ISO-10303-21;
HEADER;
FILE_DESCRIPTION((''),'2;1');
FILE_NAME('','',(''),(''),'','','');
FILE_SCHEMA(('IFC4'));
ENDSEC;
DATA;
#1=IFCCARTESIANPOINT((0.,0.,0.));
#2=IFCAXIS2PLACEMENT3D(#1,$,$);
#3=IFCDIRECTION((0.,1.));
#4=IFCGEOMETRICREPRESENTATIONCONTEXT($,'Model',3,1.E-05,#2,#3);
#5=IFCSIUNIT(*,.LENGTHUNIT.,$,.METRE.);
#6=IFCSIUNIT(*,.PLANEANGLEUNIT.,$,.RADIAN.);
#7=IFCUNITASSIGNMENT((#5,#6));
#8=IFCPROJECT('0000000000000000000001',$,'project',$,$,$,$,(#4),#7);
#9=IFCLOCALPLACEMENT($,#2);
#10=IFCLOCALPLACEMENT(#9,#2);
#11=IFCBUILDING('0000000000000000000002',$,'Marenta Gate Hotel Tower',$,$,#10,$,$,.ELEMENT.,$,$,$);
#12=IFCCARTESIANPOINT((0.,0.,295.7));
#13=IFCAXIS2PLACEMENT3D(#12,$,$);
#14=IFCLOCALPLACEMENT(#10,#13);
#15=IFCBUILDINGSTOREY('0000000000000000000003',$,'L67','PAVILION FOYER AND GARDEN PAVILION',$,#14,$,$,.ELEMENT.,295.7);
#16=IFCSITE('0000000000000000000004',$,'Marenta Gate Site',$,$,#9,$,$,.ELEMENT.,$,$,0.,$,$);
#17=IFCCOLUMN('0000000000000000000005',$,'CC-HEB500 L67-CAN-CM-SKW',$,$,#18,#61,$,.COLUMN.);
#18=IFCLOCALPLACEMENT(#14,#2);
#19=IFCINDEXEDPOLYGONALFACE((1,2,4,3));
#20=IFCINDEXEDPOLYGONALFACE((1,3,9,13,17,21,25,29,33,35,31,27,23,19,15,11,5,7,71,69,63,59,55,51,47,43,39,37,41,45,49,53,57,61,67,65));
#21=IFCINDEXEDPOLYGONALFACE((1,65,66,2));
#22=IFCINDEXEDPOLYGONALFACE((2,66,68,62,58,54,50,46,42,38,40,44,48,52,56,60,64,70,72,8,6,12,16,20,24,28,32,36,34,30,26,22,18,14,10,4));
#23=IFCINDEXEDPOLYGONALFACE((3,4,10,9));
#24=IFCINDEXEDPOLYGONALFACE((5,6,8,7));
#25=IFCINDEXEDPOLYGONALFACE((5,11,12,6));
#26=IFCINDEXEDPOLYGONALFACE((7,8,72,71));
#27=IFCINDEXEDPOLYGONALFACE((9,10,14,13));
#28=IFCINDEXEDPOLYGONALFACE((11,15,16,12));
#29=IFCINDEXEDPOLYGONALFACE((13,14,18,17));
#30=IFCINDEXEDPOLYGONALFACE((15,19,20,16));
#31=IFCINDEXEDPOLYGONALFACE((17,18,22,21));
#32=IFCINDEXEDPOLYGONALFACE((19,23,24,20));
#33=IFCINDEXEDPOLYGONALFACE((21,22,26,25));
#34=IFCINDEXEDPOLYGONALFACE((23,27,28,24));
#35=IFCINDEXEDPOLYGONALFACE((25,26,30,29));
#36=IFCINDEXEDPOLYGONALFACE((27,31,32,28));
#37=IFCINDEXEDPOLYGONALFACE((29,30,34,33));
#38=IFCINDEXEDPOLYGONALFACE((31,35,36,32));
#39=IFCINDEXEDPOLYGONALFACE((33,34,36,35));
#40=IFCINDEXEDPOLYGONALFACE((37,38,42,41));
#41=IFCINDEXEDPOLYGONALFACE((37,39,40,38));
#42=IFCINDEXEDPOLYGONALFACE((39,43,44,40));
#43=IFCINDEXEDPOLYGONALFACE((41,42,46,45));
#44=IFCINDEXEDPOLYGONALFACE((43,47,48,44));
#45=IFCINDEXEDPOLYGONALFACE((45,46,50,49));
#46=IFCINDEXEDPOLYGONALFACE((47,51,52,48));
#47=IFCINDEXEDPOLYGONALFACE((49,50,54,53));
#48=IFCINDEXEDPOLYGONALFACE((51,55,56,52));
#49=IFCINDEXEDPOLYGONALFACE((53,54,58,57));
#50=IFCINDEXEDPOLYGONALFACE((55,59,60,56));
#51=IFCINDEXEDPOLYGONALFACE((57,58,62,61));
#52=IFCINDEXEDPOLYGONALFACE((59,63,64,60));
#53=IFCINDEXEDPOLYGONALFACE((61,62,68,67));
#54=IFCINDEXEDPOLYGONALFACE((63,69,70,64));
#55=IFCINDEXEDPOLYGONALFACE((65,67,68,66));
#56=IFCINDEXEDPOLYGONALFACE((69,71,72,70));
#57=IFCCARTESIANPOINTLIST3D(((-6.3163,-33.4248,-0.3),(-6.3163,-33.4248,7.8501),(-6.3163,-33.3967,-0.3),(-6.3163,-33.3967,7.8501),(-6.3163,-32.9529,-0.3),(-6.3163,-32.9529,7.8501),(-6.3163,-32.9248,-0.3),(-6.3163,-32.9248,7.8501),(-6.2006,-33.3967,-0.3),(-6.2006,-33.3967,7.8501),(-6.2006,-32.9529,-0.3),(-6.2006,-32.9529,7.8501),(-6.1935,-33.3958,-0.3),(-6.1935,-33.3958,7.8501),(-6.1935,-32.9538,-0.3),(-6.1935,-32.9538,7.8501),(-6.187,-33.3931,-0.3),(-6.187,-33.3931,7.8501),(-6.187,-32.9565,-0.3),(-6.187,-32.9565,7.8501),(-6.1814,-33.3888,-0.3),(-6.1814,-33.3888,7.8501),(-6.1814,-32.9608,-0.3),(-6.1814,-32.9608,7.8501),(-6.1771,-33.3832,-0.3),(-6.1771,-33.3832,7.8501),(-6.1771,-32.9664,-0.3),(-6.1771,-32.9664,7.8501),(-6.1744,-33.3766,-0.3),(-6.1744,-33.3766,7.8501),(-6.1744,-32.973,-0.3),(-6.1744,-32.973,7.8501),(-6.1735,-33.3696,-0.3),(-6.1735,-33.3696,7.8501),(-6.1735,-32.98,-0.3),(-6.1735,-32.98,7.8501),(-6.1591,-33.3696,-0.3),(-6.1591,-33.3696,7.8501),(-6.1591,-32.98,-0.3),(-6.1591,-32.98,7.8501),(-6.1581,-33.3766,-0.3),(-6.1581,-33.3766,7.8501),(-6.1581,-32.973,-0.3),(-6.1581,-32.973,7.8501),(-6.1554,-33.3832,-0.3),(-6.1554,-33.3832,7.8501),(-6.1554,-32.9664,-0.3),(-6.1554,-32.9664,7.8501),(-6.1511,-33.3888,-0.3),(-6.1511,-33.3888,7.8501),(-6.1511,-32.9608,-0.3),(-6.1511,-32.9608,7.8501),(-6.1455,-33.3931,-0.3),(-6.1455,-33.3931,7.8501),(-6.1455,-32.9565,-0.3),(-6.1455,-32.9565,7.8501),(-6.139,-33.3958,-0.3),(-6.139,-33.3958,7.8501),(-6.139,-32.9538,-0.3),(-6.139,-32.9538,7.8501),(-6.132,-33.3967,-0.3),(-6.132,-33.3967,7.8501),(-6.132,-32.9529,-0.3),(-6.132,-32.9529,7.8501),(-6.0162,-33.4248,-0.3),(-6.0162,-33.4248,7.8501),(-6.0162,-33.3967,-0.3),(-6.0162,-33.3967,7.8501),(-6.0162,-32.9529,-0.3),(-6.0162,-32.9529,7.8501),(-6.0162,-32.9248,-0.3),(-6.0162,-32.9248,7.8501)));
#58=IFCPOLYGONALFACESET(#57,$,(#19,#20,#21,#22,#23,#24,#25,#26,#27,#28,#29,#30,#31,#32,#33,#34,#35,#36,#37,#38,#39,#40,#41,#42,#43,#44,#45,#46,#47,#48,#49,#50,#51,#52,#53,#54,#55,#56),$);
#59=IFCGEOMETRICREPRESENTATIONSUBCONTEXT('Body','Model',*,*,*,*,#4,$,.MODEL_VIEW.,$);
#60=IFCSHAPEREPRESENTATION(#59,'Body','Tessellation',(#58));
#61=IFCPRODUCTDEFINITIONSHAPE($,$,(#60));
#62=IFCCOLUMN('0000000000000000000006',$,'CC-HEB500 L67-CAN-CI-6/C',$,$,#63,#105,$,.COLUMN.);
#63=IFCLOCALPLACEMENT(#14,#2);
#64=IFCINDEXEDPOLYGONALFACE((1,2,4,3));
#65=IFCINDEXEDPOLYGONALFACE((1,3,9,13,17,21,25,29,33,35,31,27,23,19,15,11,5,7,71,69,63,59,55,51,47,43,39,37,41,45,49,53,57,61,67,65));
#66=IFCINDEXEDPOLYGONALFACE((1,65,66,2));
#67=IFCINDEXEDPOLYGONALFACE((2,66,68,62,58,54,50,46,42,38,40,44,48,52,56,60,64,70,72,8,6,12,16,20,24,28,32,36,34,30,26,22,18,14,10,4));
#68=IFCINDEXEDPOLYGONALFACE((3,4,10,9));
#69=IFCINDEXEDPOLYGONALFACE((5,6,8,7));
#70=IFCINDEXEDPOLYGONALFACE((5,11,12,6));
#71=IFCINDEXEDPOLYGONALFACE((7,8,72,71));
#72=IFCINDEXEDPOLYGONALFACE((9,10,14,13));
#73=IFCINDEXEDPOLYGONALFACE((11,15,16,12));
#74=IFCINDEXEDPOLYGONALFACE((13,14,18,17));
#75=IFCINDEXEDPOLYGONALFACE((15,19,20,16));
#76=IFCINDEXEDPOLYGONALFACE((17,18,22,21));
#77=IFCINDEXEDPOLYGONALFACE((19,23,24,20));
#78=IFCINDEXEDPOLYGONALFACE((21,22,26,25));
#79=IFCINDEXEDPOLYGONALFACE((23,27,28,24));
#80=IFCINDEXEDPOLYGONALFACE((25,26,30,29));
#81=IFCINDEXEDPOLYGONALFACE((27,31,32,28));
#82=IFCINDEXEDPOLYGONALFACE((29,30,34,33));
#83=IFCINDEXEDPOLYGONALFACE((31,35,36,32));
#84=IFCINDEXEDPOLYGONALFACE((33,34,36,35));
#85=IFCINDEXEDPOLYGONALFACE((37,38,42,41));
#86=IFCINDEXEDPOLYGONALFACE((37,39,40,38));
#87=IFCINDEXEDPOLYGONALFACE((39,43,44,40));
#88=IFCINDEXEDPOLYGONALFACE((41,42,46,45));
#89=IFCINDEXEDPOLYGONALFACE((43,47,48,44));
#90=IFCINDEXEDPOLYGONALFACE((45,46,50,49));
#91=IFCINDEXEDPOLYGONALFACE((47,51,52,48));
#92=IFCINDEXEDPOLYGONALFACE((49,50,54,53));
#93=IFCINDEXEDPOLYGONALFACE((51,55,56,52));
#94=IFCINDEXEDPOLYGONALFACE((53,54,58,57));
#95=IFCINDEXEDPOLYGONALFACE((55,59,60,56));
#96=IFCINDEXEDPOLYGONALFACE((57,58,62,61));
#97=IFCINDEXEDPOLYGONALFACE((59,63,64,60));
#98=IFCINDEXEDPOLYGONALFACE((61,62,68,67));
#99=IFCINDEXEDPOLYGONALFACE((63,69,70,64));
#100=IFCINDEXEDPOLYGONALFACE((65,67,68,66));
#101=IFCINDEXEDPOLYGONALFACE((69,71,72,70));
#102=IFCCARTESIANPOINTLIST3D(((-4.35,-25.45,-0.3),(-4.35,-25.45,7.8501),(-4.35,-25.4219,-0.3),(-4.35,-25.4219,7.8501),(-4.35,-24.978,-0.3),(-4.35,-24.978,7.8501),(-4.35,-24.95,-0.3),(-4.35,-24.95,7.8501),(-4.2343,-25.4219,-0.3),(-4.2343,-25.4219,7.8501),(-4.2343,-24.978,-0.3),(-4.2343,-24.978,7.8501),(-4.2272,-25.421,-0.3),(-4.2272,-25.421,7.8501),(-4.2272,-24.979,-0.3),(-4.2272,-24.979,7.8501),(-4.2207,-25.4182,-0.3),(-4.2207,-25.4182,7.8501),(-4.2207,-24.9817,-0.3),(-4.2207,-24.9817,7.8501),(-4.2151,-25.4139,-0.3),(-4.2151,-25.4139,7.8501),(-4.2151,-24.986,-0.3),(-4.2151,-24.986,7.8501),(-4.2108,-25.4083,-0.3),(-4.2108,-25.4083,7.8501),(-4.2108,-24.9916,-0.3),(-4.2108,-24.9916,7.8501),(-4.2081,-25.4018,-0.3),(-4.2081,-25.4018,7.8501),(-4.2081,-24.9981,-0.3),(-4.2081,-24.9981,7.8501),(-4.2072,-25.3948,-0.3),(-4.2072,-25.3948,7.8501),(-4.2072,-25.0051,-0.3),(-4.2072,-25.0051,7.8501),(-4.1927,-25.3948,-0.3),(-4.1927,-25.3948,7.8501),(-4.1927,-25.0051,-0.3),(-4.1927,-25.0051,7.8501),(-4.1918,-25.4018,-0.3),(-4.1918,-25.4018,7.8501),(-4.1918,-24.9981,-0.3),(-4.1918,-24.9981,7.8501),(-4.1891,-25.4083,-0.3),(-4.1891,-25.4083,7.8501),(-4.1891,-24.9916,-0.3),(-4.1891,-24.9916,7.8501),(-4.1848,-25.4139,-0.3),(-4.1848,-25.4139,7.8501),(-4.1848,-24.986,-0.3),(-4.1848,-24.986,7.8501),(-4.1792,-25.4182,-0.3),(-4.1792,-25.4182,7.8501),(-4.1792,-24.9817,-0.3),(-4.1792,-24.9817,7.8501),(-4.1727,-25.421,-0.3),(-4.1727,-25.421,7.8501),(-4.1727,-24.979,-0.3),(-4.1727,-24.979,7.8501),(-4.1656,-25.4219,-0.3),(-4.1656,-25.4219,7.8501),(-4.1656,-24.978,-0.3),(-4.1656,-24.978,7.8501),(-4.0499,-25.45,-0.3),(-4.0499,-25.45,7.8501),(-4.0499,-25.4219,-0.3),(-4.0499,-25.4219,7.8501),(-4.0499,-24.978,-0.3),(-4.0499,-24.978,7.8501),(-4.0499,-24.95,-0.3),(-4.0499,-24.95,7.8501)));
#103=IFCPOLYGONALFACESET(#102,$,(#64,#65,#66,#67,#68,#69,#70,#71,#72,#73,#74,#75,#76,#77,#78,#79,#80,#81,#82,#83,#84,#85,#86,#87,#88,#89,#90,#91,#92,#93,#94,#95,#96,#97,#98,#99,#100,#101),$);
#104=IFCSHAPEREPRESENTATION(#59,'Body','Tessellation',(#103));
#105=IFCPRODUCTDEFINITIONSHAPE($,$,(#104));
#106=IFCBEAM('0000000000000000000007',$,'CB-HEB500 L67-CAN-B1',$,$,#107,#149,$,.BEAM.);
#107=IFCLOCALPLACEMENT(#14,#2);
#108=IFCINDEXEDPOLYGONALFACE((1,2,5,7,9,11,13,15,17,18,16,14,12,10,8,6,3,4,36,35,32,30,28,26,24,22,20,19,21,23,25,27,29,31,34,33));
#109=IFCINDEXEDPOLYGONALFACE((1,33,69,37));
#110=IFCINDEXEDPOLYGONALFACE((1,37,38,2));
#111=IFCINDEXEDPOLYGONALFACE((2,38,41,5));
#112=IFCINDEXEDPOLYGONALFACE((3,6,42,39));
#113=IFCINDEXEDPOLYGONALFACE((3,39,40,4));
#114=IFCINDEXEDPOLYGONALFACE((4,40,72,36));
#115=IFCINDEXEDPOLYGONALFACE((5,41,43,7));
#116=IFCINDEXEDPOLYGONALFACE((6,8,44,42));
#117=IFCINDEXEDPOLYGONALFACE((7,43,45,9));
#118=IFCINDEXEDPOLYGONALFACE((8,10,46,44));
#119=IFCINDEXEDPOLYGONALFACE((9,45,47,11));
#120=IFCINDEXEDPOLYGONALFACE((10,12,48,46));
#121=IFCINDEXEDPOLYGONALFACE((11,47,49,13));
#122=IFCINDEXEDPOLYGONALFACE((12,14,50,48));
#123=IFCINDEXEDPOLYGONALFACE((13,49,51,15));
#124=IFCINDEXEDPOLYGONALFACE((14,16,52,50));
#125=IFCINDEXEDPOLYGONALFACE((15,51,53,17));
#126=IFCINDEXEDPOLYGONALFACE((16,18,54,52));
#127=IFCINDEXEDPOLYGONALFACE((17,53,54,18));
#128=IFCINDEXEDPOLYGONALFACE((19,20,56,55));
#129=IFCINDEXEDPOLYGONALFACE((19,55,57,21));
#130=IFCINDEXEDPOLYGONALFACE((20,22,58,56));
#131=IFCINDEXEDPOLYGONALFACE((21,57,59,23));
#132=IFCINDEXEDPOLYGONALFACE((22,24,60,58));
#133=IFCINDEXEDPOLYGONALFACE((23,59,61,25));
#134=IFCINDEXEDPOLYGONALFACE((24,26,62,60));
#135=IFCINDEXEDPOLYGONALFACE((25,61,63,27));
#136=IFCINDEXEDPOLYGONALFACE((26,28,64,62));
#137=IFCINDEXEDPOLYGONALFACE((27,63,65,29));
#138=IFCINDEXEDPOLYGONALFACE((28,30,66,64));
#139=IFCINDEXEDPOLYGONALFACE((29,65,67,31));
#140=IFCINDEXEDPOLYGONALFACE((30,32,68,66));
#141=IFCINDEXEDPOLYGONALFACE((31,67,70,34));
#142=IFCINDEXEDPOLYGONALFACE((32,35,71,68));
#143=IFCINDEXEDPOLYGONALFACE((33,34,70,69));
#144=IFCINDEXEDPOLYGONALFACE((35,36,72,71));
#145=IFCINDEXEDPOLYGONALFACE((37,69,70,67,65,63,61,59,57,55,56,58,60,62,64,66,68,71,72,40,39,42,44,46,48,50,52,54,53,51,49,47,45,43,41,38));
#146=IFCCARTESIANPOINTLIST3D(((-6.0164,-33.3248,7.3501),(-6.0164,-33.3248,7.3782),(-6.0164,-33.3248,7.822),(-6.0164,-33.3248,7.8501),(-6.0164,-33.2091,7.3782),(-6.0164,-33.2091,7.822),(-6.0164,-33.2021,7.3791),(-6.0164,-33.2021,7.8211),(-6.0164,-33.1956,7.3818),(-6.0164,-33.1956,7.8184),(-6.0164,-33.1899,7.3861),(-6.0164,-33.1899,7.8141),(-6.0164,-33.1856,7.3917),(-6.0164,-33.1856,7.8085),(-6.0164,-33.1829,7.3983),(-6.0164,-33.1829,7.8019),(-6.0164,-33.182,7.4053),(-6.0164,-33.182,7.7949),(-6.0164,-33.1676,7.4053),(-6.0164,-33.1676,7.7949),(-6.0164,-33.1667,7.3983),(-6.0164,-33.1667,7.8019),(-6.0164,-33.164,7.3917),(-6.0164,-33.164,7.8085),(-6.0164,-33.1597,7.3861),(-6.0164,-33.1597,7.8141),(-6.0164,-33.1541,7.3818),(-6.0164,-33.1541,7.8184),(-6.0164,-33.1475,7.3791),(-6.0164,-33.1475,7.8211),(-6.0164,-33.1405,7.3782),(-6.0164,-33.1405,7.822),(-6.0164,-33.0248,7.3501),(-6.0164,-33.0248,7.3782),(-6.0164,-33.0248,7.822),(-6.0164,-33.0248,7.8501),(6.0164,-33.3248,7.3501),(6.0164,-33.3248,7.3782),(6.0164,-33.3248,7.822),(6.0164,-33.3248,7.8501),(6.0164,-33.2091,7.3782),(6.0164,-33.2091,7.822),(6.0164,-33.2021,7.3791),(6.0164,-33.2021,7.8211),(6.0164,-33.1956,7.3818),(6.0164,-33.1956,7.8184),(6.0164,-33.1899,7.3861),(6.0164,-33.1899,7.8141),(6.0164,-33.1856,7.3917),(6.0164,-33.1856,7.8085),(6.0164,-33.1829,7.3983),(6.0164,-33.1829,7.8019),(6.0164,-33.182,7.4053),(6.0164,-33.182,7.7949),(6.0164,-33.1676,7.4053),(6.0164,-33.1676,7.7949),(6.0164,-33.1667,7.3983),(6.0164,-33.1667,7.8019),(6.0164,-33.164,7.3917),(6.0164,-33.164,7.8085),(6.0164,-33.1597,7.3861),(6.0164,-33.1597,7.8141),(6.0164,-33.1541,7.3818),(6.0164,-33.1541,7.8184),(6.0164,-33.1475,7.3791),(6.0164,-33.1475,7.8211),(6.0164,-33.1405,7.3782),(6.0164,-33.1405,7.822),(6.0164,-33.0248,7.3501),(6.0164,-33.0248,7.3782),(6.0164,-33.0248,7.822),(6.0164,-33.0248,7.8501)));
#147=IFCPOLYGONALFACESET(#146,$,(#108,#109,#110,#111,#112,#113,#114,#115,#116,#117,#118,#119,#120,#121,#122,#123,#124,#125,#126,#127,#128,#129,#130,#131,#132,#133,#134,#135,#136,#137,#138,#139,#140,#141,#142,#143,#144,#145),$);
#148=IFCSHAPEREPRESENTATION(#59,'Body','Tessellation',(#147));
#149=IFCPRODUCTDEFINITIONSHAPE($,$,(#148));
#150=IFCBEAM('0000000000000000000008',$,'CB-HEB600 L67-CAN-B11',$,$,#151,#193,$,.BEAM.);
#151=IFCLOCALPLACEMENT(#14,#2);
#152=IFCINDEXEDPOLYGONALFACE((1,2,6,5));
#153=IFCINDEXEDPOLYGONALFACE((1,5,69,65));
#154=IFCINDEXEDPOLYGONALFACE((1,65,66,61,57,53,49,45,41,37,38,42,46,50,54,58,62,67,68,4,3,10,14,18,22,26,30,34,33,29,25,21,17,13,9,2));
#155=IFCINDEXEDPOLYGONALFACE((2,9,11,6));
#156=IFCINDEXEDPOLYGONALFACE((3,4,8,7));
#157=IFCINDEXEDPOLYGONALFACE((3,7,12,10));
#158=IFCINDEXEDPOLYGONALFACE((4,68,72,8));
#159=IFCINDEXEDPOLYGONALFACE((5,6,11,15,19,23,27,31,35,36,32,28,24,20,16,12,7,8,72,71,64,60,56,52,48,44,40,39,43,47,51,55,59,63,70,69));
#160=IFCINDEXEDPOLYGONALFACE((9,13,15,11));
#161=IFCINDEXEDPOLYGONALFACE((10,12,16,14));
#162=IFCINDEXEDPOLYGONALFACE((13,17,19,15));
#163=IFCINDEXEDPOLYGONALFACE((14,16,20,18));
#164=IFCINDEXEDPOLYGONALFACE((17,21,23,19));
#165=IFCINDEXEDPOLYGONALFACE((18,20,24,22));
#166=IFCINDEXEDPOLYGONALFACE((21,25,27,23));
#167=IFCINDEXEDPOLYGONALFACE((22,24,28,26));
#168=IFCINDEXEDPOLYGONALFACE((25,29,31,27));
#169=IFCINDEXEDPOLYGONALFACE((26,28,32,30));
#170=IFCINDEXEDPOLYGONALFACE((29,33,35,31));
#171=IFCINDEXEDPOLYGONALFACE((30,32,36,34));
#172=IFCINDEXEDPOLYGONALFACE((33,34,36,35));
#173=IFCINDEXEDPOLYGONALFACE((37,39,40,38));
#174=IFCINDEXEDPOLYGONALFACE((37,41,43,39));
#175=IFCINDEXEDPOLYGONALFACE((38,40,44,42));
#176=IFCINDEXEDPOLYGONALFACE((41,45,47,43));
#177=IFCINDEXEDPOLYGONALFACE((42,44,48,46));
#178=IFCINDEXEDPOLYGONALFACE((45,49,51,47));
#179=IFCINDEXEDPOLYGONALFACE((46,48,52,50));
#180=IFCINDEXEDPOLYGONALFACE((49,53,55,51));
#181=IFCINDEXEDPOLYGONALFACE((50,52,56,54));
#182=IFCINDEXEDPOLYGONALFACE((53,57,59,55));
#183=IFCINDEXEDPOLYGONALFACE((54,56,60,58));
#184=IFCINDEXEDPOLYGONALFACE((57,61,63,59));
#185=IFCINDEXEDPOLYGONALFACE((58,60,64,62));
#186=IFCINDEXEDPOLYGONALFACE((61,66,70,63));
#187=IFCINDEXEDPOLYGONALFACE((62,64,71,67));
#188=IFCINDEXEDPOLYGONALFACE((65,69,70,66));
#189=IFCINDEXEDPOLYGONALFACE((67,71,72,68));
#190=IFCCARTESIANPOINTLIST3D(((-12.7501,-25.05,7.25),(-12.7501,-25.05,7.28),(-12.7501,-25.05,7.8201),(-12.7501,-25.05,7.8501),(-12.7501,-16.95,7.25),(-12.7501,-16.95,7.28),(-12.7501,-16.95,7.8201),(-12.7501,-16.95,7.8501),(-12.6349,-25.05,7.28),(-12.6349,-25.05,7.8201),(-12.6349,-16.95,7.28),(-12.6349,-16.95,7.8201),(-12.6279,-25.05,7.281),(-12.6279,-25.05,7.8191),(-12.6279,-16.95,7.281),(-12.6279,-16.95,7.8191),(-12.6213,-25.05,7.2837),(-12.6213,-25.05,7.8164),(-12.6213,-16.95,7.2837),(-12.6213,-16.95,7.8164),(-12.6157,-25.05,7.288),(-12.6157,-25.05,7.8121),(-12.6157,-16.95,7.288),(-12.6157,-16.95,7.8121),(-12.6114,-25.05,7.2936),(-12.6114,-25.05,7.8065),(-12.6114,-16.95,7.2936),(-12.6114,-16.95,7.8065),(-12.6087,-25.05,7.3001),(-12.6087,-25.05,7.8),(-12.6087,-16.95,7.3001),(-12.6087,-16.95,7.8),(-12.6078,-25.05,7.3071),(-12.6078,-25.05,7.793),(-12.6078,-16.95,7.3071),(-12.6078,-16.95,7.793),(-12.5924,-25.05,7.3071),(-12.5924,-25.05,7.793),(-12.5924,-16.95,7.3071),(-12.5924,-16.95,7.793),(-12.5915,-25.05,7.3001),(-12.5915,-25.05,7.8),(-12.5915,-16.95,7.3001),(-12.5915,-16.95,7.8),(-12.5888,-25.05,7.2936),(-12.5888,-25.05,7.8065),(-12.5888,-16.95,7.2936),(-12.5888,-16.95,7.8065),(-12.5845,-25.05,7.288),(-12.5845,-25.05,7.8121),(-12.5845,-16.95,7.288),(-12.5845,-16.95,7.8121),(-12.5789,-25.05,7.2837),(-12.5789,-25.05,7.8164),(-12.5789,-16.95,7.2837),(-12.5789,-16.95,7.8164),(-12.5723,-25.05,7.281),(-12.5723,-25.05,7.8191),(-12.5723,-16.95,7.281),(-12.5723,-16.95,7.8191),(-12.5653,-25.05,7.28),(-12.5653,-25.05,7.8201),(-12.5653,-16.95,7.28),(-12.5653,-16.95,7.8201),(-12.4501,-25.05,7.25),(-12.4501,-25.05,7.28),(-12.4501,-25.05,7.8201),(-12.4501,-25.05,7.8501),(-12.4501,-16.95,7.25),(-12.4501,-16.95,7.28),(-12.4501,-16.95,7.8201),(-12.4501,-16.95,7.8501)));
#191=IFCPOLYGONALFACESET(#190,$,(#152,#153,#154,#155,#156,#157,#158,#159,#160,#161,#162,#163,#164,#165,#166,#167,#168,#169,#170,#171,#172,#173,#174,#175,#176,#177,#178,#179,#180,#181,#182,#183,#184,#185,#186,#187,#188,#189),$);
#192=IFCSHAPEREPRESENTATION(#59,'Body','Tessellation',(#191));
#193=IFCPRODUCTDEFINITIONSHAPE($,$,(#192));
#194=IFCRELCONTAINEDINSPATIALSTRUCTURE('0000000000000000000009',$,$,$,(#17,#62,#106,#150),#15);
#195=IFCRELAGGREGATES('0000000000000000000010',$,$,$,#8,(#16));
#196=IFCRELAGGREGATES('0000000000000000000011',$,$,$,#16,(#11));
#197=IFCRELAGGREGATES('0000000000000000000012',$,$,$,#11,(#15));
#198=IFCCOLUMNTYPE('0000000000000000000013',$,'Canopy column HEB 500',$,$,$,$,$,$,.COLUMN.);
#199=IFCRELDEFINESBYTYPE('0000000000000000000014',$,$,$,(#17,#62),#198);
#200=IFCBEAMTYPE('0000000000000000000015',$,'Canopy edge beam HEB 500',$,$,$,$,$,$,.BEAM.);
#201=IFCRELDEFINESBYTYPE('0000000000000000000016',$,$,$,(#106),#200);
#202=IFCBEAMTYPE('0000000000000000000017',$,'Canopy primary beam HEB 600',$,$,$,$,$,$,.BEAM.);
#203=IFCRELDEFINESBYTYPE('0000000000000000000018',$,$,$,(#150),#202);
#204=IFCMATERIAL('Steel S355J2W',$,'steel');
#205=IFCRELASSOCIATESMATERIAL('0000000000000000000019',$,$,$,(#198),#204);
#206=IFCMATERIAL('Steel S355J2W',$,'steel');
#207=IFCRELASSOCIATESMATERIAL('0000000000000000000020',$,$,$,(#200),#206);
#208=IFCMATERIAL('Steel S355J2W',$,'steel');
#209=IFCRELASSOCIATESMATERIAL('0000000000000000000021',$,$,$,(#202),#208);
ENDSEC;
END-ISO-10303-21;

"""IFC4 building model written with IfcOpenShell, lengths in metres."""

from ifc_helpers import new_model, si_unit, direction, frame, origin, origin_2d, place, context, subcontext, project, spatial, i_section, extrude, material, material_profile, profile_set, type_object, element, save


model = new_model("IFC4")

# Units and contexts
model_context = context("Model", 3, precision=1e-05, world=origin(), true_north=direction((0.0, 1.0)))
body_context = subcontext(model_context, "Body", "Model", "MODEL_VIEW")
ifc_project = project(units=[si_unit("LENGTHUNIT", "METRE"), si_unit("PLANEANGLEUNIT", "RADIAN")], contexts=[model_context])

# Site, building, storey
site_placement = place(None, origin())
site = spatial("IfcSite", under=ifc_project, at=site_placement, Name="Marenta Gate Site", CompositionType="ELEMENT", RefElevation=0.0)
building_placement = place(site_placement, origin())
building = spatial("IfcBuilding", under=site, at=building_placement, Name="Marenta Gate Hotel Tower", CompositionType="ELEMENT")
storey_placement = place(building_placement, frame((0.0, 0.0, 295.7)))
storey = spatial("IfcBuildingStorey", under=building, at=storey_placement, Name="L67", Description="PAVILION FOYER AND GARDEN PAVILION", CompositionType="ELEMENT", Elevation=295.7)

# Columns
ifc_material_1 = material(Name="Steel S355J2W", Category="steel")
ifc_material_profile_1 = material_profile(ifc_material_1, i_section(OverallWidth=0.3, OverallDepth=0.5, WebThickness=0.0144, FlangeThickness=0.0281, FilletRadius=0.0271, at=origin_2d()), Name="HEB 500")
ifc_profile_set_1 = profile_set([ifc_material_profile_1], Name="Steel S355J2W")
column_type = type_object("IfcColumnType", Name="Canopy column HEB 500", PredefinedType="COLUMN", material=ifc_profile_set_1)
for number, where, z_axis, x_axis, name in (
    (1, (-6.1663, -33.1748, -0.3), (0.0, 0.0, 1.0), (1.0, 0.0, 0.0), "CC-HEB500 L67-CAN-CM-SKW"),
    (2, (-4.2, -25.2, -0.3), (0.0, 0.0, 1.0), (1.0, 0.0, 0.0), "CC-HEB500 L67-CAN-CI-6/C"),
):
    element("IfcColumn", number, at=place(storey_placement, frame(where, z_axis=z_axis, x_axis=x_axis)), inside=storey, type_object=column_type, Name=name, PredefinedType="COLUMN", context=body_context, shape_type="SweptSolid", body=[
        extrude(i_section(OverallWidth=0.3, OverallDepth=0.5, WebThickness=0.0144, FlangeThickness=0.0281, FilletRadius=0.0271, at=origin_2d()), origin(), (0.0, 0.0, 1.0), 8.1501),
    ])

# Beams
ifc_material_2 = material(Name="Steel S355J2W", Category="steel")
ifc_material_profile_2 = material_profile(ifc_material_2, i_section(OverallWidth=0.3, OverallDepth=0.5, WebThickness=0.0144, FlangeThickness=0.0281, FilletRadius=0.0271, at=origin_2d()), Name="HEB 500")
ifc_profile_set_2 = profile_set([ifc_material_profile_2], Name="Steel S355J2W")
beam_type_1 = type_object("IfcBeamType", Name="Canopy edge beam HEB 500", PredefinedType="BEAM", material=ifc_profile_set_2)
beam_1_placement = place(storey_placement, frame((-6.0164, -33.1748, 7.6001), z_axis=(1.0, 0.0, 0.0), x_axis=(0.0, 1.0, 0.0)))
element("IfcBeam", 3, at=beam_1_placement, inside=storey, type_object=beam_type_1, Name="CB-HEB500 L67-CAN-B1", PredefinedType="BEAM", context=body_context, shape_type="SweptSolid", body=[
    extrude(i_section(OverallWidth=0.3, OverallDepth=0.5, WebThickness=0.0144, FlangeThickness=0.0281, FilletRadius=0.0271, at=origin_2d()), origin(), (0.0, 0.0, 1.0), 12.0327),
])
ifc_material_3 = material(Name="Steel S355J2W", Category="steel")
ifc_material_profile_3 = material_profile(ifc_material_3, i_section(OverallWidth=0.3, OverallDepth=0.6001, WebThickness=0.0154, FlangeThickness=0.03, FilletRadius=0.0271, at=origin_2d()), Name="HEB 600")
ifc_profile_set_3 = profile_set([ifc_material_profile_3], Name="Steel S355J2W")
beam_type_2 = type_object("IfcBeamType", Name="Canopy primary beam HEB 600", PredefinedType="BEAM", material=ifc_profile_set_3)
beam_2_placement = place(storey_placement, frame((-12.6001, -25.05, 7.55), z_axis=(0.0, 1.0, 0.0), x_axis=(-1.0, 0.0, 0.0)))
element("IfcBeam", 4, at=beam_2_placement, inside=storey, type_object=beam_type_2, Name="CB-HEB600 L67-CAN-B11", PredefinedType="BEAM", context=body_context, shape_type="SweptSolid", body=[
    extrude(i_section(OverallWidth=0.3, OverallDepth=0.6001, WebThickness=0.0154, FlangeThickness=0.03, FilletRadius=0.0271, at=origin_2d()), origin(), (0.0, 0.0, 1.0), 8.1001),
])

save(model, "model.ifc")
